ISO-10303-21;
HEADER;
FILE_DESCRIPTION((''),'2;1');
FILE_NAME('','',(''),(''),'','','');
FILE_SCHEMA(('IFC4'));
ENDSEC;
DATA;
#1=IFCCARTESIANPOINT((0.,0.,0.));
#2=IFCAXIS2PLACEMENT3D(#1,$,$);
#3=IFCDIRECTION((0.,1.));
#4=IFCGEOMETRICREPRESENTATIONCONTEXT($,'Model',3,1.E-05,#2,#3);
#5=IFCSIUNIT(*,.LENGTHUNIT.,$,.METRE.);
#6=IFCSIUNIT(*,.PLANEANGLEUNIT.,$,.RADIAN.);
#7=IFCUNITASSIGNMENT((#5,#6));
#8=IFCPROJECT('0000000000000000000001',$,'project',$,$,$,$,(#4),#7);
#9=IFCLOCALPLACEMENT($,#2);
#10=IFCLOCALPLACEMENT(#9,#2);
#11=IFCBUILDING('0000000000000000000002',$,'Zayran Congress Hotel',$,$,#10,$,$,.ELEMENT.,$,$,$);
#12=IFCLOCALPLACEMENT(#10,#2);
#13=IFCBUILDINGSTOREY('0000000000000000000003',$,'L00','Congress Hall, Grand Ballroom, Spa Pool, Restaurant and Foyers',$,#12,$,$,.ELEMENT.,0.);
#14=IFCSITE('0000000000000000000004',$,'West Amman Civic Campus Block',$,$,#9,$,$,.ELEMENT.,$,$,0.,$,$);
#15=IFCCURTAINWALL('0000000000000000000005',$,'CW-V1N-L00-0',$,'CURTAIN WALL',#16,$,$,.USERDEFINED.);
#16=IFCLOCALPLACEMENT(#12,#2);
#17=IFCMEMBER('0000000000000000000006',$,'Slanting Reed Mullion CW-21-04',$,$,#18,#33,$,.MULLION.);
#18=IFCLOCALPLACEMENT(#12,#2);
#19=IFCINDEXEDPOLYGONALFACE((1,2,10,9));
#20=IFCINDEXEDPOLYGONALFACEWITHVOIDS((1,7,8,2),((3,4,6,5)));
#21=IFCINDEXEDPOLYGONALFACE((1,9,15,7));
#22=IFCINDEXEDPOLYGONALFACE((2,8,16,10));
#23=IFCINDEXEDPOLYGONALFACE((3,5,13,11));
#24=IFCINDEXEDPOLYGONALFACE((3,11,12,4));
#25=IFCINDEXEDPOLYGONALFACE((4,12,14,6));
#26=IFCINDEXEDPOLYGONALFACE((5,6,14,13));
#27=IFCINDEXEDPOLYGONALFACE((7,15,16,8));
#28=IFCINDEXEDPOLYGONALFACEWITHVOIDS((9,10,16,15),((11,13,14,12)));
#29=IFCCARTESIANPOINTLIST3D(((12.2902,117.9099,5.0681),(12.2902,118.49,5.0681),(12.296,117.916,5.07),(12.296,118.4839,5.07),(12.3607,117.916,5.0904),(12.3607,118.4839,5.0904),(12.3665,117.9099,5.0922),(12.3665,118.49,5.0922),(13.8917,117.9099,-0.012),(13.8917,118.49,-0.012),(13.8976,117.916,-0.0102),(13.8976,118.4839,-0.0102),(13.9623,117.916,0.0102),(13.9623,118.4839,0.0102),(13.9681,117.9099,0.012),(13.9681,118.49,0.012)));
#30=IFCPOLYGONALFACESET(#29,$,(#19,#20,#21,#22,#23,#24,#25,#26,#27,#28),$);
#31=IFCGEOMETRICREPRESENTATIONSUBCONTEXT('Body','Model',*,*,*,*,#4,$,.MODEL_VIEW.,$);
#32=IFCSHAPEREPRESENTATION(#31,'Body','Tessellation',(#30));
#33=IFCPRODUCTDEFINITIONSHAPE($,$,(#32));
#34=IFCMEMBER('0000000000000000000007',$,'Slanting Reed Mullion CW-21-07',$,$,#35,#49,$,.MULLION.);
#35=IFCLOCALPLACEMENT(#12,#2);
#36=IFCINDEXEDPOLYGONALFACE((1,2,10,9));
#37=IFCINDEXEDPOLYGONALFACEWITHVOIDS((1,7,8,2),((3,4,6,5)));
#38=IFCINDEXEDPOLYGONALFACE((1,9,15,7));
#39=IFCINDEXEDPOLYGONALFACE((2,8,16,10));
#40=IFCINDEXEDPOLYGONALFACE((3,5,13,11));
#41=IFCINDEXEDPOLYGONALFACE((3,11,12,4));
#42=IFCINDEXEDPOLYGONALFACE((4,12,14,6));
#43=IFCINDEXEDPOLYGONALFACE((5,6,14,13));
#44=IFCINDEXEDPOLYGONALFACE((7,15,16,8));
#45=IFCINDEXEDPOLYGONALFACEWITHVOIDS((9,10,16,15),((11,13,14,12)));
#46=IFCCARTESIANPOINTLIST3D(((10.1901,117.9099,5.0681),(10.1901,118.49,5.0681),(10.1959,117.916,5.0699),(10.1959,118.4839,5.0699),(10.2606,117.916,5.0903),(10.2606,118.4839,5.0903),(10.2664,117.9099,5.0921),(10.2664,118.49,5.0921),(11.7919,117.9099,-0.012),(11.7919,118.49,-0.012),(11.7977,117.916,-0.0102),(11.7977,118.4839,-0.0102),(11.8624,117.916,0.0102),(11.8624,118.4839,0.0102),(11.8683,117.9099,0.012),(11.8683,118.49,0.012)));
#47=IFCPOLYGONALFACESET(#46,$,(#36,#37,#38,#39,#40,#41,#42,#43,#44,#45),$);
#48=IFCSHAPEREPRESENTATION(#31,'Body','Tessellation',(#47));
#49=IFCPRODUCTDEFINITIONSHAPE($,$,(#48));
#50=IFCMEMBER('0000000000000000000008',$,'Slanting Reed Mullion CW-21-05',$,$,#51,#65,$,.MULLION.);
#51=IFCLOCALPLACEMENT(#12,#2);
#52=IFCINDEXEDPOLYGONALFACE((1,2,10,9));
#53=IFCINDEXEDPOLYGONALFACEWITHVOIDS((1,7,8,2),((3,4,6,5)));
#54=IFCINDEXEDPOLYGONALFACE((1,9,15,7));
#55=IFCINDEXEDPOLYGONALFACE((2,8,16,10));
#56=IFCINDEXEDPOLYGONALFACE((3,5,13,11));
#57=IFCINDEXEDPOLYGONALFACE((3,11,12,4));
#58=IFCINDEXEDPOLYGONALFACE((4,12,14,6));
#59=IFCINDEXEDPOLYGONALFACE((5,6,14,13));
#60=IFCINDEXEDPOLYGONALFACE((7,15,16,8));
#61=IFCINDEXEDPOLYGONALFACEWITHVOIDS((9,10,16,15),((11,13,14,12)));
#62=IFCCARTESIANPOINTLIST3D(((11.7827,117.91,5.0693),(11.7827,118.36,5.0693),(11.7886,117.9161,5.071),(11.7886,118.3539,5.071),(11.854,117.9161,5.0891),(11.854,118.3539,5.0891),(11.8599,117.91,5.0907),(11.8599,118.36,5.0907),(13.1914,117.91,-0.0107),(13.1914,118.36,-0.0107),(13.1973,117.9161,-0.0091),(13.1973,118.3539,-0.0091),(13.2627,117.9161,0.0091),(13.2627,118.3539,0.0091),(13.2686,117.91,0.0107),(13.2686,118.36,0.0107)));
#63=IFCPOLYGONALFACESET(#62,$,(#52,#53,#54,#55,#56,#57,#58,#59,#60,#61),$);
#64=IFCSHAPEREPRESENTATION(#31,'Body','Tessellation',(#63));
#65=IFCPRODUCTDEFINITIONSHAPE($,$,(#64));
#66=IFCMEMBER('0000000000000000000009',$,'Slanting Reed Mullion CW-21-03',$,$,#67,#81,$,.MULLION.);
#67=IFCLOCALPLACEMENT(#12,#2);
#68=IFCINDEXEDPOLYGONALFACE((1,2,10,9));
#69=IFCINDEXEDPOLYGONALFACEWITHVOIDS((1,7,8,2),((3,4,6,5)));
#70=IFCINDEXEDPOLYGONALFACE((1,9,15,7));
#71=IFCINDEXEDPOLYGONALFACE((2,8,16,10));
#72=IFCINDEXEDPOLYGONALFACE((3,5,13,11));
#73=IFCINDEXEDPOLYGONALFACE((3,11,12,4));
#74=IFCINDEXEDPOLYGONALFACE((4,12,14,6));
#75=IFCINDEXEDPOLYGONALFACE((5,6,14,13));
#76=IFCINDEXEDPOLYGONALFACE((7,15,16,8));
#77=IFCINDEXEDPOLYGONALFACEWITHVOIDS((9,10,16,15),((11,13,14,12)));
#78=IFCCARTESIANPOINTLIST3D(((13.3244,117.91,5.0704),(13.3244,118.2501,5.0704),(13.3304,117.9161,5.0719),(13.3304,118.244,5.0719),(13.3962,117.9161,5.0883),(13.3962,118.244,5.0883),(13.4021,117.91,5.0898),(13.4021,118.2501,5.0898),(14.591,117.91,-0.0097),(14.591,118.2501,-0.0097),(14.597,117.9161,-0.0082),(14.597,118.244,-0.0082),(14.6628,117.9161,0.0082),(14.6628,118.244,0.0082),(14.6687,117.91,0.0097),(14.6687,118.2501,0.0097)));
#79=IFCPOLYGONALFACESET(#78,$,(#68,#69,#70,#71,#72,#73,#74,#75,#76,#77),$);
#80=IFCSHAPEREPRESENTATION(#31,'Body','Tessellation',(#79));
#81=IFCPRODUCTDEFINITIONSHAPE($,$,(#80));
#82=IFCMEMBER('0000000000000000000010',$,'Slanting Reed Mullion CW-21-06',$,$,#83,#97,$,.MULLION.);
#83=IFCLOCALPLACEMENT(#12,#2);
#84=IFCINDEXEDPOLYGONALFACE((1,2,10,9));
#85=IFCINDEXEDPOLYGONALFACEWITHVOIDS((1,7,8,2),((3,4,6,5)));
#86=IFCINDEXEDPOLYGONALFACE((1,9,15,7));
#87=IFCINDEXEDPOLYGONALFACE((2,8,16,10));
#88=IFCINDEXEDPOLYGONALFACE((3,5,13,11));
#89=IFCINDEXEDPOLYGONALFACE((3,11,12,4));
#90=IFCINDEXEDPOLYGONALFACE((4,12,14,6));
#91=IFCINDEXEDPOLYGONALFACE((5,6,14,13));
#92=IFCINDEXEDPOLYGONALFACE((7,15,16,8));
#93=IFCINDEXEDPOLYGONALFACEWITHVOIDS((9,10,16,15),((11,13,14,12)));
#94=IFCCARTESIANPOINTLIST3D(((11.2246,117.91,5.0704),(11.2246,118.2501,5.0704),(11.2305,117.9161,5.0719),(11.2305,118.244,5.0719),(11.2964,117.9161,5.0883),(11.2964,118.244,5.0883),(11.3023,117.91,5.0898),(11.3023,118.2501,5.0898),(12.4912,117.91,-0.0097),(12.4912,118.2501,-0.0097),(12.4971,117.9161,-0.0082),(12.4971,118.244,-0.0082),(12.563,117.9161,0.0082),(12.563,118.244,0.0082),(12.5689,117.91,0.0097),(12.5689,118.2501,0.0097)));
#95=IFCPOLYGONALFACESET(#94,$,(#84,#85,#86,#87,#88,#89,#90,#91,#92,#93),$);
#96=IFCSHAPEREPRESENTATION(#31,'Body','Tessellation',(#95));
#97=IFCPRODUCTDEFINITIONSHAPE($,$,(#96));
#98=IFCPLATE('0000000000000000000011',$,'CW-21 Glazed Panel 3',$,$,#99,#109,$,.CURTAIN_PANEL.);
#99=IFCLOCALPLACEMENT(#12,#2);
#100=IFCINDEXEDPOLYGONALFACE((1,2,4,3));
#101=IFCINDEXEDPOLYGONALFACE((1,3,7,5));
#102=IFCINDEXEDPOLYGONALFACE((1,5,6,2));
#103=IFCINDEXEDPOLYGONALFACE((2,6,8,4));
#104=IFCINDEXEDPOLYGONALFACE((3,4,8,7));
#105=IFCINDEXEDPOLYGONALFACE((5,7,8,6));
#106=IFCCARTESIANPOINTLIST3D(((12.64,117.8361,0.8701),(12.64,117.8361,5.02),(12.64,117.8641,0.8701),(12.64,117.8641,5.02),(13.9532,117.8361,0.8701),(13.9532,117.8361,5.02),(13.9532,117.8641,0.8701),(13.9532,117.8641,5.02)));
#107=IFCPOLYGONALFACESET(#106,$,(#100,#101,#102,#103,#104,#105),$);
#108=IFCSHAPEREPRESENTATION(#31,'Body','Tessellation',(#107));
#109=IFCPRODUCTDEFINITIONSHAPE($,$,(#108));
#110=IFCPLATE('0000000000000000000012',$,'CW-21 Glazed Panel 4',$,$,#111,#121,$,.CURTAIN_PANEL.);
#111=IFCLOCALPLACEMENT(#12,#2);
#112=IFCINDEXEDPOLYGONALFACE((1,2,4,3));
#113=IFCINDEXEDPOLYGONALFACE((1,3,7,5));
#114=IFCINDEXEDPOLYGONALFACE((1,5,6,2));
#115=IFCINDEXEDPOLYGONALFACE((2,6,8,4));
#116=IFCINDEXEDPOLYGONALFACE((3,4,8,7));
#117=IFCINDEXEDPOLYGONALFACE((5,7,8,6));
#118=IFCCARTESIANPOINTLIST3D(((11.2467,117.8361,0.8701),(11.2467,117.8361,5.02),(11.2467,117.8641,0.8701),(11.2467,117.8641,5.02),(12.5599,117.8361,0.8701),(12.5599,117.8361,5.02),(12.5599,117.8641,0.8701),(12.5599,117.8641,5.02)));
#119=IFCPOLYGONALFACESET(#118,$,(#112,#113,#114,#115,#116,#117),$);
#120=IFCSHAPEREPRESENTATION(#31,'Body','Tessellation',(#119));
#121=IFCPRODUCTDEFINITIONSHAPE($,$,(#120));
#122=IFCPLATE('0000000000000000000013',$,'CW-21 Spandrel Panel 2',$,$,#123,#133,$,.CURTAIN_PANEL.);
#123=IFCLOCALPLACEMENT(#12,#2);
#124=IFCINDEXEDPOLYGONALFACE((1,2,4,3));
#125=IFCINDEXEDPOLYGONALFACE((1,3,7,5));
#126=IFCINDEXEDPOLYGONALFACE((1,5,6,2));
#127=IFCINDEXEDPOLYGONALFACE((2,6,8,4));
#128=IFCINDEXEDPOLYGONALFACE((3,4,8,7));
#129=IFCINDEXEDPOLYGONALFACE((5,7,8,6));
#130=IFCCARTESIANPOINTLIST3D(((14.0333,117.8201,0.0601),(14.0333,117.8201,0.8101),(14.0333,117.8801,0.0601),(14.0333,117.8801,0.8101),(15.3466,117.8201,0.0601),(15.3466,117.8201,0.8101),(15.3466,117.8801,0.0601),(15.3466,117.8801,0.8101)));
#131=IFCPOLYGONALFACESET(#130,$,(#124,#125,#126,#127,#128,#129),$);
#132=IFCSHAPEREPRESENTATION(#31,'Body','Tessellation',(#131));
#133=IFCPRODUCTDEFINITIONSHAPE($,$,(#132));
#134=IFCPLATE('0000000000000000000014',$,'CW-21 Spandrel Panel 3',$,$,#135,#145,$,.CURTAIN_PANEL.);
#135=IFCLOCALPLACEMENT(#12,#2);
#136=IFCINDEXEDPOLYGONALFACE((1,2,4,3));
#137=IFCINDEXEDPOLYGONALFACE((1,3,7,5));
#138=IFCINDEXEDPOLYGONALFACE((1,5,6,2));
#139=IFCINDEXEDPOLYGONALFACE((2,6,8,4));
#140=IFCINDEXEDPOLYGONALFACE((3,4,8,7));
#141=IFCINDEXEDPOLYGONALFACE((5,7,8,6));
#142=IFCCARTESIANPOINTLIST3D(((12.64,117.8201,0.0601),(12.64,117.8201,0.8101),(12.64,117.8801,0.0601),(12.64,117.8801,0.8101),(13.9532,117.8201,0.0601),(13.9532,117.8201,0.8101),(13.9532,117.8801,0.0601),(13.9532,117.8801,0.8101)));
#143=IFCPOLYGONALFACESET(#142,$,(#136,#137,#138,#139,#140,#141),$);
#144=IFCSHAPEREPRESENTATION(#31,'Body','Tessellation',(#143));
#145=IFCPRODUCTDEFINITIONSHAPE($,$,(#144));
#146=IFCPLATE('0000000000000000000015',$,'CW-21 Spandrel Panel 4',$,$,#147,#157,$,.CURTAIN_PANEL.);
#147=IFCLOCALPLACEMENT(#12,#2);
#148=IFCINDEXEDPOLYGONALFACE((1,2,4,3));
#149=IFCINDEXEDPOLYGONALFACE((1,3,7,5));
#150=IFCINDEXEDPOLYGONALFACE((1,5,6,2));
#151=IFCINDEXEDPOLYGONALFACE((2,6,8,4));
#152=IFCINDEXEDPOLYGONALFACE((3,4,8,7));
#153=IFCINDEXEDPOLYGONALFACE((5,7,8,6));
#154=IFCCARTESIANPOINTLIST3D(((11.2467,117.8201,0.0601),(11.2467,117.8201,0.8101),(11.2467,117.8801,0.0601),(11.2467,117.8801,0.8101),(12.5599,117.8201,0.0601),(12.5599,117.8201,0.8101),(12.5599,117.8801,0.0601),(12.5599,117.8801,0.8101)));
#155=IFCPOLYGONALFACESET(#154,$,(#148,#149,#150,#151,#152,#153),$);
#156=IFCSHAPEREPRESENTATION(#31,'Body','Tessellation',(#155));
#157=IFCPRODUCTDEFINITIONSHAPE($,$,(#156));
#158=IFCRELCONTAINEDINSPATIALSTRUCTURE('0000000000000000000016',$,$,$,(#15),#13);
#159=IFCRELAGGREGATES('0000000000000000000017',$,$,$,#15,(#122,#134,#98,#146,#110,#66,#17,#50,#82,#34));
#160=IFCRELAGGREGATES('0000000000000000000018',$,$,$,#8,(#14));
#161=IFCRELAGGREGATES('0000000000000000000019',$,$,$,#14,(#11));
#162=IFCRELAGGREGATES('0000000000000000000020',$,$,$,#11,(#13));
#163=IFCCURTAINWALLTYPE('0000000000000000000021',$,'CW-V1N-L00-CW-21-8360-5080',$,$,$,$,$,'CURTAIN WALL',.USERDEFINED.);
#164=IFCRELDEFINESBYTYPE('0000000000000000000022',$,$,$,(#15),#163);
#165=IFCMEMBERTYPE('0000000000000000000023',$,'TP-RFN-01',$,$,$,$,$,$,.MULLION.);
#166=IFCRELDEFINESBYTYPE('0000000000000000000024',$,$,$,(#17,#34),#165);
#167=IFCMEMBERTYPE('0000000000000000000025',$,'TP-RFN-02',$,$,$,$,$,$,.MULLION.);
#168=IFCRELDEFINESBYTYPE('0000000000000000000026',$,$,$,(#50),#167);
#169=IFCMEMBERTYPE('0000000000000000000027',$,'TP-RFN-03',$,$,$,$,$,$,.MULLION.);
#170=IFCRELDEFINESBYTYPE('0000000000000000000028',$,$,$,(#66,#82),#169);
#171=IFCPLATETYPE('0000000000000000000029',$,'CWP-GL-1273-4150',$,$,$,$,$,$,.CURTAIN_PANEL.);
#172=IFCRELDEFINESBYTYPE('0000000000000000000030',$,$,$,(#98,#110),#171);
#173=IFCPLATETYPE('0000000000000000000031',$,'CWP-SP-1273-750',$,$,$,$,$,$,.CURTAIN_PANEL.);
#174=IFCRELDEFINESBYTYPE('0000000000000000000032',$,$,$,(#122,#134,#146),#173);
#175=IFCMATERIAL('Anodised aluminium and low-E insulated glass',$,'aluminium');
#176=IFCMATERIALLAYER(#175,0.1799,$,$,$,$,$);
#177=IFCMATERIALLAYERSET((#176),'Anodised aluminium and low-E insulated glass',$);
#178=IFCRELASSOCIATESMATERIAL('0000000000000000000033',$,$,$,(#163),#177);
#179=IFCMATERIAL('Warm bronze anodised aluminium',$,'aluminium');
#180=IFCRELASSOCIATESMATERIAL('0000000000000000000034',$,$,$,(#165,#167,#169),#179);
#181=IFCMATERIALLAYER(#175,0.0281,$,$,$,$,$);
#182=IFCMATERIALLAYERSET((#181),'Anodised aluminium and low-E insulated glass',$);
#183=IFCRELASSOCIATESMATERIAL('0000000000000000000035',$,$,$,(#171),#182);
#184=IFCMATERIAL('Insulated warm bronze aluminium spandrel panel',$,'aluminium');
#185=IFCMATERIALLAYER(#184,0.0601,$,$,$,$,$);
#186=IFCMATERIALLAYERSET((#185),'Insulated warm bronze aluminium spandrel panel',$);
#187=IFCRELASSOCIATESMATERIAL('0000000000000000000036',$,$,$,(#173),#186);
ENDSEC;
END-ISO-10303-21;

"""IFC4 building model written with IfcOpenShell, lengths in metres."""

from ifc_helpers import new_model, si_unit, direction, frame, origin, origin_2d, place, context, subcontext, project, spatial, rectangle, hollow_rectangle, extrude, material, layer, layer_set, material_profile, profile_set, type_object, element, aggregate, save


model = new_model("IFC4")

# Units and contexts
model_context = context("Model", 3, precision=1e-05, world=origin(), true_north=direction((0.0, 1.0)))
body_context = subcontext(model_context, "Body", "Model", "MODEL_VIEW")
ifc_project = project(units=[si_unit("LENGTHUNIT", "METRE"), si_unit("PLANEANGLEUNIT", "RADIAN")], contexts=[model_context])

# Site, building, storey
site_placement = place(None, origin())
site = spatial("IfcSite", under=ifc_project, at=site_placement, Name="West Amman Civic Campus Block", CompositionType="ELEMENT", RefElevation=0.0)
building_placement = place(site_placement, origin())
building = spatial("IfcBuilding", under=site, at=building_placement, Name="Zayran Congress Hotel", CompositionType="ELEMENT")
storey_placement = place(building_placement, origin())
storey = spatial("IfcBuildingStorey", under=building, at=storey_placement, Name="L00", Description="Congress Hall, Grand Ballroom, Spa Pool, Restaurant and Foyers", CompositionType="ELEMENT", Elevation=0.0)

# Curtain wall, members, plates
ifc_material_1 = material(Name="Anodised aluminium and low-E insulated glass", Category="aluminium")
ifc_layer_1 = layer(ifc_material_1, 0.1799)
ifc_layer_set_1 = layer_set([ifc_layer_1], Name="Anodised aluminium and low-E insulated glass")
curtain_wall_type = type_object("IfcCurtainWallType", Name="CW-V1N-L00-CW-21-8360-5080", ElementType="CURTAIN WALL", PredefinedType="USERDEFINED", material=ifc_layer_set_1)
curtain_wall_placement = place(storey_placement, origin())
curtain_wall = element("IfcCurtainWall", 1, at=curtain_wall_placement, inside=storey, type_object=curtain_wall_type, Name="CW-V1N-L00-0", ObjectType="CURTAIN WALL", PredefinedType="USERDEFINED")
ifc_material_2 = material(Name="Warm bronze anodised aluminium", Category="aluminium")
ifc_material_profile_1 = material_profile(ifc_material_2, hollow_rectangle(XDim=0.0801, YDim=0.5801, WallThickness=0.0061, at=origin_2d()), Name="RHS 580x80x6")
ifc_profile_set_1 = profile_set([ifc_material_profile_1], Name="Warm bronze anodised aluminium")
member_type_1 = type_object("IfcMemberType", Name="TP-RFN-01", PredefinedType="MULLION", material=ifc_profile_set_1)
member_1_placement = place(storey_placement, frame((13.9299, 118.2, 0.0), z_axis=(-0.300675, 0.0, 0.953727), x_axis=(0.953727, 0.0, 0.300675)))
member_1 = element("IfcMember", 2, at=member_1_placement, type_object=member_type_1, Name="Slanting Reed Mullion CW-21-04", PredefinedType="MULLION", context=body_context, shape_type="SweptSolid", body=[
    extrude(hollow_rectangle(XDim=0.0801, YDim=0.5801, WallThickness=0.0061, at=origin_2d()), origin(), (0.0, 0.0, 1.0), 5.3267),
])
member_2_placement = place(storey_placement, frame((11.8301, 118.2, 0.0), z_axis=(-0.300717, 0.0, 0.953713), x_axis=(0.953713, 0.0, 0.300717)))
member_2 = element("IfcMember", 3, at=member_2_placement, type_object=member_type_1, Name="Slanting Reed Mullion CW-21-07", PredefinedType="MULLION", context=body_context, shape_type="SweptSolid", body=[
    extrude(hollow_rectangle(XDim=0.0801, YDim=0.5801, WallThickness=0.0061, at=origin_2d()), origin(), (0.0, 0.0, 1.0), 5.3267),
])
ifc_material_profile_2 = material_profile(ifc_material_2, hollow_rectangle(XDim=0.0801, YDim=0.45, WallThickness=0.0061, at=origin_2d()), Name="RHS 450x80x6")
ifc_profile_set_2 = profile_set([ifc_material_profile_2], Name="Warm bronze anodised aluminium")
member_type_2 = type_object("IfcMemberType", Name="TP-RFN-02", PredefinedType="MULLION", material=ifc_profile_set_2)
member_3_placement = place(storey_placement, frame((13.23, 118.135, 0.0), z_axis=(-0.267214, 0.0, 0.963637), x_axis=(0.963637, 0.0, 0.267214)))
member_3 = element("IfcMember", 4, at=member_3_placement, type_object=member_type_2, Name="Slanting Reed Mullion CW-21-05", PredefinedType="MULLION", context=body_context, shape_type="SweptSolid", body=[
    extrude(hollow_rectangle(XDim=0.0801, YDim=0.45, WallThickness=0.0061, at=origin_2d()), origin(), (0.0, 0.0, 1.0), 5.2717),
])
ifc_material_profile_3 = material_profile(ifc_material_2, hollow_rectangle(XDim=0.0801, YDim=0.3401, WallThickness=0.0061, at=origin_2d()), Name="RHS 340x80x6")
ifc_profile_set_3 = profile_set([ifc_material_profile_3], Name="Warm bronze anodised aluminium")
member_type_3 = type_object("IfcMemberType", Name="TP-RFN-03", PredefinedType="MULLION", material=ifc_profile_set_3)
member_4_placement = place(storey_placement, frame((14.6299, 118.0801, 0.0), z_axis=(-0.241921, 0.0, 0.970296), x_axis=(0.970296, 0.0, 0.241921)))
member_4 = element("IfcMember", 5, at=member_4_placement, type_object=member_type_3, Name="Slanting Reed Mullion CW-21-03", PredefinedType="MULLION", context=body_context, shape_type="SweptSolid", body=[
    extrude(hollow_rectangle(XDim=0.0801, YDim=0.3401, WallThickness=0.0061, at=origin_2d()), origin(), (0.0, 0.0, 1.0), 5.2356),
])
member_5_placement = place(storey_placement, frame((12.53, 118.0801, 0.0), z_axis=(-0.241921, 0.0, 0.970296), x_axis=(0.970296, 0.0, 0.241921)))
member_5 = element("IfcMember", 6, at=member_5_placement, type_object=member_type_3, Name="Slanting Reed Mullion CW-21-06", PredefinedType="MULLION", context=body_context, shape_type="SweptSolid", body=[
    extrude(hollow_rectangle(XDim=0.0801, YDim=0.3401, WallThickness=0.0061, at=origin_2d()), origin(), (0.0, 0.0, 1.0), 5.2356),
])
ifc_layer_2 = layer(ifc_material_1, 0.0281)
ifc_layer_set_2 = layer_set([ifc_layer_2], Name="Anodised aluminium and low-E insulated glass")
plate_type_1 = type_object("IfcPlateType", Name="CWP-GL-1273-4150", PredefinedType="CURTAIN_PANEL", material=ifc_layer_set_2)
plate_1_placement = place(storey_placement, frame((13.2966, 117.8501, 0.8701), z_axis=(0.0, 0.0, 1.0), x_axis=(1.0, 0.0, 0.0)))
plate_1 = element("IfcPlate", 7, at=plate_1_placement, type_object=plate_type_1, Name="CW-21 Glazed Panel 3", PredefinedType="CURTAIN_PANEL", context=body_context, shape_type="SweptSolid", body=[
    extrude(rectangle(XDim=1.3132, YDim=0.0281, at=origin_2d()), origin(), (0.0, 0.0, 1.0), 4.1499),
])
plate_2_placement = place(storey_placement, frame((11.9033, 117.8501, 0.8701), z_axis=(0.0, 0.0, 1.0), x_axis=(1.0, 0.0, 0.0)))
plate_2 = element("IfcPlate", 8, at=plate_2_placement, type_object=plate_type_1, Name="CW-21 Glazed Panel 4", PredefinedType="CURTAIN_PANEL", context=body_context, shape_type="SweptSolid", body=[
    extrude(rectangle(XDim=1.3132, YDim=0.0281, at=origin_2d()), origin(), (0.0, 0.0, 1.0), 4.1499),
])
ifc_material_3 = material(Name="Insulated warm bronze aluminium spandrel panel", Category="aluminium")
ifc_layer_3 = layer(ifc_material_3, 0.0601)
ifc_layer_set_3 = layer_set([ifc_layer_3], Name="Insulated warm bronze aluminium spandrel panel")
plate_type_2 = type_object("IfcPlateType", Name="CWP-SP-1273-750", PredefinedType="CURTAIN_PANEL", material=ifc_layer_set_3)
plate_3_placement = place(storey_placement, frame((14.6899, 117.8501, 0.0601), z_axis=(0.0, 0.0, 1.0), x_axis=(1.0, 0.0, 0.0)))
plate_3 = element("IfcPlate", 9, at=plate_3_placement, type_object=plate_type_2, Name="CW-21 Spandrel Panel 2", PredefinedType="CURTAIN_PANEL", context=body_context, shape_type="SweptSolid", body=[
    extrude(rectangle(XDim=1.3132, YDim=0.0601, at=origin_2d()), origin(), (0.0, 0.0, 1.0), 0.75),
])
plate_4_placement = place(storey_placement, frame((13.2966, 117.8501, 0.0601), z_axis=(0.0, 0.0, 1.0), x_axis=(1.0, 0.0, 0.0)))
plate_4 = element("IfcPlate", 10, at=plate_4_placement, type_object=plate_type_2, Name="CW-21 Spandrel Panel 3", PredefinedType="CURTAIN_PANEL", context=body_context, shape_type="SweptSolid", body=[
    extrude(rectangle(XDim=1.3132, YDim=0.0601, at=origin_2d()), origin(), (0.0, 0.0, 1.0), 0.75),
])
plate_5_placement = place(storey_placement, frame((11.9033, 117.8501, 0.0601), z_axis=(0.0, 0.0, 1.0), x_axis=(1.0, 0.0, 0.0)))
plate_5 = element("IfcPlate", 11, at=plate_5_placement, type_object=plate_type_2, Name="CW-21 Spandrel Panel 4", PredefinedType="CURTAIN_PANEL", context=body_context, shape_type="SweptSolid", body=[
    extrude(rectangle(XDim=1.3132, YDim=0.0601, at=origin_2d()), origin(), (0.0, 0.0, 1.0), 0.75),
])
aggregate(curtain_wall, [plate_3, plate_4, plate_1, plate_5, plate_2, member_4, member_1, member_3, member_5, member_2])

save(model, "model.ifc")
